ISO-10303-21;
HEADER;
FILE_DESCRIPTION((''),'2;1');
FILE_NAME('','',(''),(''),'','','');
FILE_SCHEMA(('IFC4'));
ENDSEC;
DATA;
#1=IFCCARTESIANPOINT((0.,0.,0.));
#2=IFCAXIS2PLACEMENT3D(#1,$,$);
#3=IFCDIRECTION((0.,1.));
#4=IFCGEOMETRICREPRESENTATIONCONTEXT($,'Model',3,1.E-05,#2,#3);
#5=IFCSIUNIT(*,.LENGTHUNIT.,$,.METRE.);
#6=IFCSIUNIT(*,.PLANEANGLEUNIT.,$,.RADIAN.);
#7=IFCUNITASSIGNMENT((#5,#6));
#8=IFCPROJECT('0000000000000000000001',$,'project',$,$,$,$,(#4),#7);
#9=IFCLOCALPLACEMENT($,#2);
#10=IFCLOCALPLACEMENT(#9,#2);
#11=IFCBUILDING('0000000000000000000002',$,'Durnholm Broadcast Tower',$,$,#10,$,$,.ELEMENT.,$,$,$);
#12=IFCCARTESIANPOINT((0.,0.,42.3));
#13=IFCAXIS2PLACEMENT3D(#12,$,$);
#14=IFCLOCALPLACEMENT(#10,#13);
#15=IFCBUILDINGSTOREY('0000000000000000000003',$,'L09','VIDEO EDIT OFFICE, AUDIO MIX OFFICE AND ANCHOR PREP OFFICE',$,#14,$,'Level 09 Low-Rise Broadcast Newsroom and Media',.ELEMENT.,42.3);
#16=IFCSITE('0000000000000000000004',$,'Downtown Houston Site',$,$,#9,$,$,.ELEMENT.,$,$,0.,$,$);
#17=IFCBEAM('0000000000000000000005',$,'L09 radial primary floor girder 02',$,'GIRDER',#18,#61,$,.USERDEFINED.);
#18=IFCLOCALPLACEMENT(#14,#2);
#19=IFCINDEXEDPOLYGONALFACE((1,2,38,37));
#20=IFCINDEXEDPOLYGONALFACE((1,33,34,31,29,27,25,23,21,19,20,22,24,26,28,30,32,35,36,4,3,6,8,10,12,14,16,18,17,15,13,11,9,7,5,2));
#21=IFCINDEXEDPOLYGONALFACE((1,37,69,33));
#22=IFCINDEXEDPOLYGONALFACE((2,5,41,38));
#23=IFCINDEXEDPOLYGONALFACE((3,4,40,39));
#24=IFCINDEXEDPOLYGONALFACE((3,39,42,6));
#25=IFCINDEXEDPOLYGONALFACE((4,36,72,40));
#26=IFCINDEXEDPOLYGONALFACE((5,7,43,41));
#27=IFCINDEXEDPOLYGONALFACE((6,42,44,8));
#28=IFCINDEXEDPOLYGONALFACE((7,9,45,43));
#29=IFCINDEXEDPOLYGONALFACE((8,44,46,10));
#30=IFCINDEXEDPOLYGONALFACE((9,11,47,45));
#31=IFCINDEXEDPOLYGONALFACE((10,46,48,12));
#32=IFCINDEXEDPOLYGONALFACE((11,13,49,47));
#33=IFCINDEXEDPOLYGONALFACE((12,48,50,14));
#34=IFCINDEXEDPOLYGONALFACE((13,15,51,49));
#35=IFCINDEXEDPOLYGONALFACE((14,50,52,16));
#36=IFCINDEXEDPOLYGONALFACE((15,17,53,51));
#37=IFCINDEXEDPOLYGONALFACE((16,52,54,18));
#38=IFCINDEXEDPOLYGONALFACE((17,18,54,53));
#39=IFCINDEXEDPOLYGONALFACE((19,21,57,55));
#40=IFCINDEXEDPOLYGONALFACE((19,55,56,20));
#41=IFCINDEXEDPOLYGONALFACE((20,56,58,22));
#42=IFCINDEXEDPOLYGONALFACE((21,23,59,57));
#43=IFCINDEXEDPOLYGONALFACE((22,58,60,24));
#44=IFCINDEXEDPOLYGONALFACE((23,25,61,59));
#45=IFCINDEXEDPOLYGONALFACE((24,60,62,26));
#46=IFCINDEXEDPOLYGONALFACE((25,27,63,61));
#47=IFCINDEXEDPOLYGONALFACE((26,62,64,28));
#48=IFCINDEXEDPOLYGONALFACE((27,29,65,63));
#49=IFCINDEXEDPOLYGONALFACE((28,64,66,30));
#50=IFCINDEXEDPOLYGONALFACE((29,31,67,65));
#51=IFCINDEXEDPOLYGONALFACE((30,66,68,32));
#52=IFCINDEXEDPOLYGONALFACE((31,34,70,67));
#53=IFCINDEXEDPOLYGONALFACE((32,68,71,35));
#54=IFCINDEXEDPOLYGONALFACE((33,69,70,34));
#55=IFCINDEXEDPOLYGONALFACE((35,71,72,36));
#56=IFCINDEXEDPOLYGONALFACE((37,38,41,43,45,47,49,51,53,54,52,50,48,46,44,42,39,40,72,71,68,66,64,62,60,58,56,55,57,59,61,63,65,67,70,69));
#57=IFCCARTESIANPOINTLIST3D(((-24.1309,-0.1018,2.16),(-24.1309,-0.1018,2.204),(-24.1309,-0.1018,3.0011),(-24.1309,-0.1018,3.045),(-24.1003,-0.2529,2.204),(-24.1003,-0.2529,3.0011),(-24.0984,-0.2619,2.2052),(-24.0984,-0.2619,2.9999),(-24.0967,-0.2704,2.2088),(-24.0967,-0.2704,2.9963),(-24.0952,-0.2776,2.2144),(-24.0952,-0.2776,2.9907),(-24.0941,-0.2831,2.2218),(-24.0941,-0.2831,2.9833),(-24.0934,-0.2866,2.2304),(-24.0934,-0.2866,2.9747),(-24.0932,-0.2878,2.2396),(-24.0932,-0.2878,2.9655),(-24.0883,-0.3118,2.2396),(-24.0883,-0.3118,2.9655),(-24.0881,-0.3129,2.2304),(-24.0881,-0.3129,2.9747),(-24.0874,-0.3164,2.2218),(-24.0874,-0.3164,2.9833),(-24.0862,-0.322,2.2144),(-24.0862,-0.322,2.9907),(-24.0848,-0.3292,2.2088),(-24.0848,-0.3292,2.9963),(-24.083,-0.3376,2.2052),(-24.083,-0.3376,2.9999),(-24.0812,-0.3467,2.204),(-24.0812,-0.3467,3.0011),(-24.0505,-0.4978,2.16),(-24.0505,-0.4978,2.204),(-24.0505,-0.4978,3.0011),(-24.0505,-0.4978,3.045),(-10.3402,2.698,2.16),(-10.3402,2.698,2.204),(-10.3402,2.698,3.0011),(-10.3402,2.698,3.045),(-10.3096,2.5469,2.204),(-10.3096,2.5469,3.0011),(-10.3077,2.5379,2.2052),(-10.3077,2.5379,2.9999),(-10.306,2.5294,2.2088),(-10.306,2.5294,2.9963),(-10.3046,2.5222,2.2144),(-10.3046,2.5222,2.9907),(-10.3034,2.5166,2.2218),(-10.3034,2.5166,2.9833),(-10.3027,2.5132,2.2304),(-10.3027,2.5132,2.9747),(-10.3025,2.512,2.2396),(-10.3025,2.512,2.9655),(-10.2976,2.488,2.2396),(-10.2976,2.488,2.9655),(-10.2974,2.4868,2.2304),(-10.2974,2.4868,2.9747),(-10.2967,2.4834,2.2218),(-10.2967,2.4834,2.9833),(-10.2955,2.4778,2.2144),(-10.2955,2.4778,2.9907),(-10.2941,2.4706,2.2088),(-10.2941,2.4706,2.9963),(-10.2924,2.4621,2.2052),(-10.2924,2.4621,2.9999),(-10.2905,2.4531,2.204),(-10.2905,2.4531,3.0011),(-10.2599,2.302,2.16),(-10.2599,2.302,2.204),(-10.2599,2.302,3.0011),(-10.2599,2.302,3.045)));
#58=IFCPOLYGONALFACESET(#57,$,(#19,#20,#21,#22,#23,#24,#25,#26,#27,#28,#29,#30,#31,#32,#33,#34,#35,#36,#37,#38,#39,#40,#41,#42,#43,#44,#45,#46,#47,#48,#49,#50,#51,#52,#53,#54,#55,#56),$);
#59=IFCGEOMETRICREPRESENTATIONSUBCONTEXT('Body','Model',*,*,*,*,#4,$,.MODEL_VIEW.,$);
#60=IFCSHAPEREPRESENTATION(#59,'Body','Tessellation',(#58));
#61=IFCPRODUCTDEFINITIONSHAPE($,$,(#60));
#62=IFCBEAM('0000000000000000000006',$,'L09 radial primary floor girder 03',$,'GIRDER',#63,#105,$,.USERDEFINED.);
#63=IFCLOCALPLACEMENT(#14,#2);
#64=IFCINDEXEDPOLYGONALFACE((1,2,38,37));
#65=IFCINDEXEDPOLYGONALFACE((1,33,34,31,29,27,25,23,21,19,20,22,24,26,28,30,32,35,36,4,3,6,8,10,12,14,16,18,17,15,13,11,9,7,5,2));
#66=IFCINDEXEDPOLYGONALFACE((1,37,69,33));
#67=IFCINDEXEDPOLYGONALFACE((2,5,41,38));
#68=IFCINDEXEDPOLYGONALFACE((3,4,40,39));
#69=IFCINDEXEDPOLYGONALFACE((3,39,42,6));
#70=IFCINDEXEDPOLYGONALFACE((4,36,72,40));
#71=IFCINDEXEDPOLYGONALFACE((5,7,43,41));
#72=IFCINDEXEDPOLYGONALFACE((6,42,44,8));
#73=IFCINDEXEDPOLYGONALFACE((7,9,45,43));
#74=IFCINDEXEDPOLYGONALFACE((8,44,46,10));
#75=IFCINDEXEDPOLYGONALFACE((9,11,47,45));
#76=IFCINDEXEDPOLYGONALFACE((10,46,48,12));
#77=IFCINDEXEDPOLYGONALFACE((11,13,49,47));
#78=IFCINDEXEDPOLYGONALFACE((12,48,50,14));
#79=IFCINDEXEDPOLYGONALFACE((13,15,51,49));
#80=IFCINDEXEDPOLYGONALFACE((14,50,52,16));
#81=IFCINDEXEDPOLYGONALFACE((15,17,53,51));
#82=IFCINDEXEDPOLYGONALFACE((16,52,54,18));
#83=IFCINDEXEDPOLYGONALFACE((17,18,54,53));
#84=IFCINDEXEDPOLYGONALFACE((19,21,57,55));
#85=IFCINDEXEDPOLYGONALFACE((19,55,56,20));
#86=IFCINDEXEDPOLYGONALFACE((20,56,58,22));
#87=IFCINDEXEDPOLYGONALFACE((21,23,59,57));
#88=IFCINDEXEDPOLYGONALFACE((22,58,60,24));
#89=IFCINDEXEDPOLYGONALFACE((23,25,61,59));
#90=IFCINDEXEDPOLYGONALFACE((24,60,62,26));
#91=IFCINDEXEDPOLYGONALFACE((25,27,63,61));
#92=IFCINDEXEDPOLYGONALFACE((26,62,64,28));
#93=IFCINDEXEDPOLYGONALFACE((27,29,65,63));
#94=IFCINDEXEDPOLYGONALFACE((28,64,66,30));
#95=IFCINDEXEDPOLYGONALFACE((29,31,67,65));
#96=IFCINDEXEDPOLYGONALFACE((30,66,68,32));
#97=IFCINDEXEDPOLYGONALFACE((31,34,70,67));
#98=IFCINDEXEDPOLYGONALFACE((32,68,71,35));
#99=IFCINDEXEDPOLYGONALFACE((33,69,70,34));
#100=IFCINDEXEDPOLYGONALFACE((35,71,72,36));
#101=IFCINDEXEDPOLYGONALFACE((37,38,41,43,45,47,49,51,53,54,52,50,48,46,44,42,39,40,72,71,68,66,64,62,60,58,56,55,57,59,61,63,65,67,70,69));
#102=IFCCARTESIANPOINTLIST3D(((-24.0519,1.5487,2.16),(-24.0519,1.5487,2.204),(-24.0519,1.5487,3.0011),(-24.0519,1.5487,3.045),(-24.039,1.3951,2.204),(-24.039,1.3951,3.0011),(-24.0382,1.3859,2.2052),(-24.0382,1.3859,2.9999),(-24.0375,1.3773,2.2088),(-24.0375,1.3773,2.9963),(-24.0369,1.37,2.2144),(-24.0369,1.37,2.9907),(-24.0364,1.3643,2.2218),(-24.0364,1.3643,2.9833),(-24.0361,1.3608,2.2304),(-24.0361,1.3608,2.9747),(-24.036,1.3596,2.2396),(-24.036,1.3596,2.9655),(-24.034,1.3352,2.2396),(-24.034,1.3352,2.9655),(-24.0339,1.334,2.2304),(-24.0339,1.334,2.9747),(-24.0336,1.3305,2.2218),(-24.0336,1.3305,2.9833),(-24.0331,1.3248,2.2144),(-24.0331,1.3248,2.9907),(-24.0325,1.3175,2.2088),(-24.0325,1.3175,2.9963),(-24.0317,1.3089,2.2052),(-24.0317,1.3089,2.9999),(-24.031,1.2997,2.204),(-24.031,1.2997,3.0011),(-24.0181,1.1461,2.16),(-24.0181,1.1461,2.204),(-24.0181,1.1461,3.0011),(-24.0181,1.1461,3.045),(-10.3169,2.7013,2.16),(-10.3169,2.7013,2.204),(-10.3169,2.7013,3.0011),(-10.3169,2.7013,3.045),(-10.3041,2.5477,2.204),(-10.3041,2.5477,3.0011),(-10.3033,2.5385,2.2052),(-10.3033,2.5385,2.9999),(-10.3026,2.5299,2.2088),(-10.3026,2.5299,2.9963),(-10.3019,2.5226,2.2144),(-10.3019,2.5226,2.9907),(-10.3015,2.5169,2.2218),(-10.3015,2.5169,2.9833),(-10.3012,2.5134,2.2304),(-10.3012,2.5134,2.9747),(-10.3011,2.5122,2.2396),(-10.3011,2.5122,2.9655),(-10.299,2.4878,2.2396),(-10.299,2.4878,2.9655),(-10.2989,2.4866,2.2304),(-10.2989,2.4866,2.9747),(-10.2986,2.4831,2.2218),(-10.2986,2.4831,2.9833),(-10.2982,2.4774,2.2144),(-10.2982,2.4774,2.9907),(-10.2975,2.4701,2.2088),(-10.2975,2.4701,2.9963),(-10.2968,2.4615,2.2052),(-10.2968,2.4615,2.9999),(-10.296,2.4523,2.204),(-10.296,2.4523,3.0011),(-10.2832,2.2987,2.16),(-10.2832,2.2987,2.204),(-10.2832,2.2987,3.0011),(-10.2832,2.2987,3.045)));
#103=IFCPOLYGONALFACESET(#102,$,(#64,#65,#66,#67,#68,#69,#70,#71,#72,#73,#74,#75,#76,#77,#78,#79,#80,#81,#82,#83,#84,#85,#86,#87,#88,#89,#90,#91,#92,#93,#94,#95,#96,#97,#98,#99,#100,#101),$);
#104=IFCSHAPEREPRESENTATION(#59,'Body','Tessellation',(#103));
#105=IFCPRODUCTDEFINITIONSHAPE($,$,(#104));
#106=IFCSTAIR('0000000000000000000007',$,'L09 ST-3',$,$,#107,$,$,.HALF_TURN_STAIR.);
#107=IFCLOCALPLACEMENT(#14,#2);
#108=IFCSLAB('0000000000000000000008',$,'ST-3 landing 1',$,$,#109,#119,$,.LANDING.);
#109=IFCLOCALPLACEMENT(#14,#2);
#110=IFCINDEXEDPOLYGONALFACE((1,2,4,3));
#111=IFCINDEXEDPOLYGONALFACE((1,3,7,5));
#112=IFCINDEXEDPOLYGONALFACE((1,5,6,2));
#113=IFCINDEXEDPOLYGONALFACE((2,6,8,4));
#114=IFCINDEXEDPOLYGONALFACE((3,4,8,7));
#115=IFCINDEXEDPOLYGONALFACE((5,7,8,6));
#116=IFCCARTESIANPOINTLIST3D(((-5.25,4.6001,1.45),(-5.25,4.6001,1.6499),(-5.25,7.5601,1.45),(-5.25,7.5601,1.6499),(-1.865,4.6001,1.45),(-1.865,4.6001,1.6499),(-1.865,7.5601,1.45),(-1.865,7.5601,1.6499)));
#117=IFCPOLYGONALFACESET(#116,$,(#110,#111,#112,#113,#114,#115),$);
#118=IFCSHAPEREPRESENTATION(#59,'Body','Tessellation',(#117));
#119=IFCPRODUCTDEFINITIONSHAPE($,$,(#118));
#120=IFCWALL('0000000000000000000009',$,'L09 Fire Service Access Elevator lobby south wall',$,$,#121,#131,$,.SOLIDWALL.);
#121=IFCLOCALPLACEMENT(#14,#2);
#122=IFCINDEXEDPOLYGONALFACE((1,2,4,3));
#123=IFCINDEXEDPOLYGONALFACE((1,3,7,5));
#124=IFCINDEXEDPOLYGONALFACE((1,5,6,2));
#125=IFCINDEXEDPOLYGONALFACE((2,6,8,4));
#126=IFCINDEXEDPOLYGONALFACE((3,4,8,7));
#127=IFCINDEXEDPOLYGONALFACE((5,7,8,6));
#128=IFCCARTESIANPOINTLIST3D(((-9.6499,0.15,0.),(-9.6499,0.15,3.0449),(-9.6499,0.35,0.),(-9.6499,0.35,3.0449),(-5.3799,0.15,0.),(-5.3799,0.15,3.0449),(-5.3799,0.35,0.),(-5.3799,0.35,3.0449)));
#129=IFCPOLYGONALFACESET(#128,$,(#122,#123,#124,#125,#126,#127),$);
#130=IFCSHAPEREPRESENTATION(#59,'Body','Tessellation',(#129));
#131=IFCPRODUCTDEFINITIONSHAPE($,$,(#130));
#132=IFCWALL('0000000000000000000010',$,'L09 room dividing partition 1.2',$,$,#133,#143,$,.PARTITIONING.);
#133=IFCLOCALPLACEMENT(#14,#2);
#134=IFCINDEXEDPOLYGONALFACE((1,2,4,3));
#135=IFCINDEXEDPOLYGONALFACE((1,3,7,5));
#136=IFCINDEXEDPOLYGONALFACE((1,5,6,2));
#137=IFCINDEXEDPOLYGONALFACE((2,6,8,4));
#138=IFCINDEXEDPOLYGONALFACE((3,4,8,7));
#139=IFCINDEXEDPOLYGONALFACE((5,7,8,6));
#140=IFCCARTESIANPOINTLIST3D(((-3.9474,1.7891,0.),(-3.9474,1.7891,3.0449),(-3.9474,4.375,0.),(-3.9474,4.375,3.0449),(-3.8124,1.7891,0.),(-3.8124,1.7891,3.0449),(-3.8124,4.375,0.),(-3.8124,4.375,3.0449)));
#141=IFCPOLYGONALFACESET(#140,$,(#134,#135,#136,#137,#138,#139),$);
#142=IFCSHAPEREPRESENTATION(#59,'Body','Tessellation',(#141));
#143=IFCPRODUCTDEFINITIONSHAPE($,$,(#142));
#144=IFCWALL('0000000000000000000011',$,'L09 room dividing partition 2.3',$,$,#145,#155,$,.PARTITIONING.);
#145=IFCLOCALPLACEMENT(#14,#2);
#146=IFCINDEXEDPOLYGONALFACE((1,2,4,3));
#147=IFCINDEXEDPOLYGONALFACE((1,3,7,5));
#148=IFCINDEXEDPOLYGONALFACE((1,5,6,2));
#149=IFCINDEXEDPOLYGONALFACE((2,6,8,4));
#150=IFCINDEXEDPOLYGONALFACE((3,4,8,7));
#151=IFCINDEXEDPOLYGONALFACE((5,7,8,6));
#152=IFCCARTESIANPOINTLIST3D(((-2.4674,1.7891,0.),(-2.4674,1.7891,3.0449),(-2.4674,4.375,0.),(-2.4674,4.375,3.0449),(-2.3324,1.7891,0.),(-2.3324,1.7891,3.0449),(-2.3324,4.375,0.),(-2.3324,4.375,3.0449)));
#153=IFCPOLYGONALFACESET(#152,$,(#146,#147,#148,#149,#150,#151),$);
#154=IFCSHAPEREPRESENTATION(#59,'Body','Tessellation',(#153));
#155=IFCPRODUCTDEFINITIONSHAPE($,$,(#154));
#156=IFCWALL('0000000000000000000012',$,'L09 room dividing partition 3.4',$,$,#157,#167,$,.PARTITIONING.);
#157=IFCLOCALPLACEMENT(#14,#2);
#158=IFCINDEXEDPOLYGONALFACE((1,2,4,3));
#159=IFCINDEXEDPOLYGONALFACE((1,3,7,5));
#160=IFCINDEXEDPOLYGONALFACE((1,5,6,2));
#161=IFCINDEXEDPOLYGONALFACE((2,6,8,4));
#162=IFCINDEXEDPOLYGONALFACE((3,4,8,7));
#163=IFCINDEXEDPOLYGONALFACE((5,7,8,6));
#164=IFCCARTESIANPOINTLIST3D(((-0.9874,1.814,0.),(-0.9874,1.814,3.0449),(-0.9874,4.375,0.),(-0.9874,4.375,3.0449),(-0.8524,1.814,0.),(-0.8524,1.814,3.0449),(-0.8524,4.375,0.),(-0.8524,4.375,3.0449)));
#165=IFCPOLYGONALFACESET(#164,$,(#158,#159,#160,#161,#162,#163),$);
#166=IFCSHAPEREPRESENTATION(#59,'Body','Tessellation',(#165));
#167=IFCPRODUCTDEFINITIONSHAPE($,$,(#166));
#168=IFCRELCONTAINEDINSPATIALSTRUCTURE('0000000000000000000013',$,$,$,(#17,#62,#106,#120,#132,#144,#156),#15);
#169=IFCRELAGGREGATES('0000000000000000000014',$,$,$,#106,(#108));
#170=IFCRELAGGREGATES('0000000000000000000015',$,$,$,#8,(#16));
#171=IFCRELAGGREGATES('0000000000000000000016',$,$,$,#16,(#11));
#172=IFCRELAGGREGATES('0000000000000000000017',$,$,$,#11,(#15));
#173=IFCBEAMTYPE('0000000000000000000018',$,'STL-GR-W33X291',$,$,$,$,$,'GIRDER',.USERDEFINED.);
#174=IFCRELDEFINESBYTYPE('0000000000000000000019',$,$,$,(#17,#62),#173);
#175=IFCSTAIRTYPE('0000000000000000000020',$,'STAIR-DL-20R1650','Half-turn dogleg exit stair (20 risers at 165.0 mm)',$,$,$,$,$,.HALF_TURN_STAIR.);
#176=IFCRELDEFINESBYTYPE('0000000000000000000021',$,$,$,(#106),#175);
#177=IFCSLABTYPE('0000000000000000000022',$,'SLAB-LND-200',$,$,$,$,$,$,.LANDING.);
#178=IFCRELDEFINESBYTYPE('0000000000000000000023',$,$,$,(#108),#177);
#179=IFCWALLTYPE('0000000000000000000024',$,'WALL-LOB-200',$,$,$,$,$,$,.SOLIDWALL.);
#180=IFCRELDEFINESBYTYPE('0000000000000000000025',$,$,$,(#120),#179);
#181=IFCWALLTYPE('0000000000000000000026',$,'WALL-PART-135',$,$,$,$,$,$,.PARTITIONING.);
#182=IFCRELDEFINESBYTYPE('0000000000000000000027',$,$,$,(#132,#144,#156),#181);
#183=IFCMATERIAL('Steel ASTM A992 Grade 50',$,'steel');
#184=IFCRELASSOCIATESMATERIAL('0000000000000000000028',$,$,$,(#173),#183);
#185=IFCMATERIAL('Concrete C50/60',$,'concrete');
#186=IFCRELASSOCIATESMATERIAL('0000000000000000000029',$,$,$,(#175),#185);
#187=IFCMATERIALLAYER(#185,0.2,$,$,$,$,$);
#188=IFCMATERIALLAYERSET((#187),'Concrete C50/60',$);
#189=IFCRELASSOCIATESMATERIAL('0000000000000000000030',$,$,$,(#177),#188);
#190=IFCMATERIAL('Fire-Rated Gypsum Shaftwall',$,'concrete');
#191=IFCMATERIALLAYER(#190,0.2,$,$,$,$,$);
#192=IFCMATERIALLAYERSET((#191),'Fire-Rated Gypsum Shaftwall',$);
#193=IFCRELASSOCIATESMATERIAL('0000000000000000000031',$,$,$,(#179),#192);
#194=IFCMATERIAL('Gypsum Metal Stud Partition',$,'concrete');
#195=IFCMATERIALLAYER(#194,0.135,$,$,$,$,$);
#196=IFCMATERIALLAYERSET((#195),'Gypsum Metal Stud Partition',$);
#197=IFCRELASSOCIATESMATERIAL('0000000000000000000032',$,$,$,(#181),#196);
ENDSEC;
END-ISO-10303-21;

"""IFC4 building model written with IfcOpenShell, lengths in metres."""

from ifc_helpers import new_model, si_unit, direction, frame, frame_2d, origin, origin_2d, place, context, subcontext, project, spatial, polyline, rectangle, i_section, outline, extrude, source, transform, mapped, material, layer, layer_set, material_profile, profile_set, type_object, type_shapes, element, aggregate, save


model = new_model("IFC4")

# Units and contexts
model_context = context("Model", 3, precision=1e-05, world=origin(), true_north=direction((0.0, 1.0)))
body_context = subcontext(model_context, "Body", "Model", "MODEL_VIEW")
ifc_project = project(units=[si_unit("LENGTHUNIT", "METRE"), si_unit("PLANEANGLEUNIT", "RADIAN")], contexts=[model_context])

# Site, building, storey
site_placement = place(None, origin())
site = spatial("IfcSite", under=ifc_project, at=site_placement, Name="Downtown Houston Site", CompositionType="ELEMENT", RefElevation=0.0)
building_placement = place(site_placement, origin())
building = spatial("IfcBuilding", under=site, at=building_placement, Name="Durnholm Broadcast Tower", CompositionType="ELEMENT")
storey_placement = place(building_placement, frame((0.0, 0.0, 42.3)))
storey = spatial("IfcBuildingStorey", under=building, at=storey_placement, Name="L09", Description="VIDEO EDIT OFFICE, AUDIO MIX OFFICE AND ANCHOR PREP OFFICE", LongName="Level 09 Low-Rise Broadcast Newsroom and Media", CompositionType="ELEMENT", Elevation=42.3)

# Beams
ifc_material_1 = material(Name="Steel ASTM A992 Grade 50", Category="steel")
ifc_material_profile = material_profile(ifc_material_1, i_section(OverallWidth=0.4041, OverallDepth=0.885, WebThickness=0.0244, FlangeThickness=0.0439, FilletRadius=0.0356, at=origin_2d()), Name="W33X291")
ifc_profile_set = profile_set([ifc_material_profile], Name="Steel ASTM A992 Grade 50")
beam_type = type_object("IfcBeamType", Name="STL-GR-W33X291", ElementType="GIRDER", PredefinedType="USERDEFINED", material=ifc_profile_set)
shared_shape_1 = source(origin(), body_context, "Body", "SweptSolid", [
    extrude(i_section(OverallWidth=0.4041, OverallDepth=0.885, WebThickness=0.0244, FlangeThickness=0.0439, FilletRadius=0.0356, at=origin_2d()), origin(), (0.0, 0.0, 1.0), 14.072),
])
beam_1_placement = place(storey_placement, frame((-10.3, 2.5, 2.6025), z_axis=(-0.980007, -0.198961, 0.0), x_axis=(0.198961, -0.980007, 0.0)))
element("IfcBeam", 1, at=beam_1_placement, inside=storey, type_object=beam_type, Name="L09 radial primary floor girder 02", ObjectType="GIRDER", PredefinedType="USERDEFINED", context=body_context, shape_type="MappedRepresentation", body=[
    mapped(shared_shape_1, transform((0.0, 0.0, 0.0), x_axis=(1.0, 0.0, 0.0), y_axis=(0.0, 1.0, 0.0), z_axis=(0.0, 0.0, 1.0), scale=1.0)),
])
shared_shape_2 = source(origin(), body_context, "Body", "SweptSolid", [
    extrude(i_section(OverallWidth=0.4041, OverallDepth=0.885, WebThickness=0.0244, FlangeThickness=0.0439, FilletRadius=0.0356, at=origin_2d()), origin(), (0.0, 0.0, 1.0), 13.7832),
])
type_shapes(beam_type, [shared_shape_1, shared_shape_2])
beam_2_placement = place(storey_placement, frame((-10.3, 2.5, 2.6025), z_axis=(-0.996497, -0.083623, 0.0), x_axis=(0.083623, -0.996497, 0.0)))
element("IfcBeam", 2, at=beam_2_placement, inside=storey, type_object=beam_type, Name="L09 radial primary floor girder 03", ObjectType="GIRDER", PredefinedType="USERDEFINED", context=body_context, shape_type="MappedRepresentation", body=[
    mapped(shared_shape_2, transform((0.0, 0.0, 0.0), x_axis=(1.0, 0.0, 0.0), y_axis=(0.0, 1.0, 0.0), z_axis=(0.0, 0.0, 1.0), scale=1.0)),
])

# Stair, slab
ifc_material_2 = material(Name="Concrete C50/60", Category="concrete")
stair_type = type_object("IfcStairType", Name="STAIR-DL-20R1650", Description="Half-turn dogleg exit stair (20 risers at 165.0 mm)", PredefinedType="HALF_TURN_STAIR", material=ifc_material_2)
stair_placement = place(storey_placement, origin())
stair = element("IfcStair", 3, at=stair_placement, inside=storey, type_object=stair_type, Name="L09 ST-3", PredefinedType="HALF_TURN_STAIR")
ifc_layer_1 = layer(ifc_material_2, 0.2)
ifc_layer_set_1 = layer_set([ifc_layer_1], Name="Concrete C50/60")
slab_type = type_object("IfcSlabType", Name="SLAB-LND-200", PredefinedType="LANDING", material=ifc_layer_set_1)
slab_placement = place(storey_placement, frame((0.0, 0.0, 1.45)))
slab = element("IfcSlab", 4, at=slab_placement, type_object=slab_type, Name="ST-3 landing 1", PredefinedType="LANDING", context=body_context, shape_type="SweptSolid", body=[
    extrude(outline(polyline([(-1.865, 7.5601), (-5.25, 7.5601), (-5.25, 4.6001), (-1.865, 4.6001), (-1.865, 7.5601)])), origin(), (0.0, 0.0, 1.0), 0.2),
])

# Wall
ifc_material_3 = material(Name="Fire-Rated Gypsum Shaftwall", Category="concrete")
ifc_layer_2 = layer(ifc_material_3, 0.2)
ifc_layer_set_2 = layer_set([ifc_layer_2], Name="Fire-Rated Gypsum Shaftwall")
wall_type_1 = type_object("IfcWallType", Name="WALL-LOB-200", PredefinedType="SOLIDWALL", material=ifc_layer_set_2)
wall_1_placement = place(storey_placement, frame((-9.6499, 0.25, 0.0), z_axis=(0.0, 0.0, 1.0), x_axis=(1.0, 0.0, 0.0)))
element("IfcWall", 5, at=wall_1_placement, inside=storey, type_object=wall_type_1, Name="L09 Fire Service Access Elevator lobby south wall", PredefinedType="SOLIDWALL", context=body_context, shape_type="SweptSolid", body=[
    extrude(rectangle(XDim=4.27, YDim=0.2, at=frame_2d((2.135, 0.0))), origin(), (0.0, 0.0, 1.0), 3.0449),
])

# Walls
ifc_material_4 = material(Name="Gypsum Metal Stud Partition", Category="concrete")
ifc_layer_3 = layer(ifc_material_4, 0.135)
ifc_layer_set_3 = layer_set([ifc_layer_3], Name="Gypsum Metal Stud Partition")
wall_type_2 = type_object("IfcWallType", Name="WALL-PART-135", PredefinedType="PARTITIONING", material=ifc_layer_set_3)
for number, where, z_axis, x_axis, name in (
    (6, (-3.8799, 4.375, 0.0), (0.0, 0.0, 1.0), (0.0, -1.0, 0.0), "L09 room dividing partition 1.2"),
    (7, (-2.3999, 4.375, 0.0), (0.0, 0.0, 1.0), (0.0, -1.0, 0.0), "L09 room dividing partition 2.3"),
):
    element("IfcWall", number, at=place(storey_placement, frame(where, z_axis=z_axis, x_axis=x_axis)), inside=storey, type_object=wall_type_2, Name=name, PredefinedType="PARTITIONING", context=body_context, shape_type="SweptSolid", body=[
        extrude(rectangle(XDim=2.5859, YDim=0.135, at=frame_2d((1.293, 0.0))), origin(), (0.0, 0.0, 1.0), 3.0449),
    ])
wall_2_placement = place(storey_placement, frame((-0.9199, 4.375, 0.0), z_axis=(0.0, 0.0, 1.0), x_axis=(0.0, -1.0, 0.0)))
element("IfcWall", 8, at=wall_2_placement, inside=storey, type_object=wall_type_2, Name="L09 room dividing partition 3.4", PredefinedType="PARTITIONING", context=body_context, shape_type="SweptSolid", body=[
    extrude(rectangle(XDim=2.561, YDim=0.135, at=frame_2d((1.2805, 0.0))), origin(), (0.0, 0.0, 1.0), 3.0449),
])

aggregate(stair, [slab])

save(model, "model.ifc")
